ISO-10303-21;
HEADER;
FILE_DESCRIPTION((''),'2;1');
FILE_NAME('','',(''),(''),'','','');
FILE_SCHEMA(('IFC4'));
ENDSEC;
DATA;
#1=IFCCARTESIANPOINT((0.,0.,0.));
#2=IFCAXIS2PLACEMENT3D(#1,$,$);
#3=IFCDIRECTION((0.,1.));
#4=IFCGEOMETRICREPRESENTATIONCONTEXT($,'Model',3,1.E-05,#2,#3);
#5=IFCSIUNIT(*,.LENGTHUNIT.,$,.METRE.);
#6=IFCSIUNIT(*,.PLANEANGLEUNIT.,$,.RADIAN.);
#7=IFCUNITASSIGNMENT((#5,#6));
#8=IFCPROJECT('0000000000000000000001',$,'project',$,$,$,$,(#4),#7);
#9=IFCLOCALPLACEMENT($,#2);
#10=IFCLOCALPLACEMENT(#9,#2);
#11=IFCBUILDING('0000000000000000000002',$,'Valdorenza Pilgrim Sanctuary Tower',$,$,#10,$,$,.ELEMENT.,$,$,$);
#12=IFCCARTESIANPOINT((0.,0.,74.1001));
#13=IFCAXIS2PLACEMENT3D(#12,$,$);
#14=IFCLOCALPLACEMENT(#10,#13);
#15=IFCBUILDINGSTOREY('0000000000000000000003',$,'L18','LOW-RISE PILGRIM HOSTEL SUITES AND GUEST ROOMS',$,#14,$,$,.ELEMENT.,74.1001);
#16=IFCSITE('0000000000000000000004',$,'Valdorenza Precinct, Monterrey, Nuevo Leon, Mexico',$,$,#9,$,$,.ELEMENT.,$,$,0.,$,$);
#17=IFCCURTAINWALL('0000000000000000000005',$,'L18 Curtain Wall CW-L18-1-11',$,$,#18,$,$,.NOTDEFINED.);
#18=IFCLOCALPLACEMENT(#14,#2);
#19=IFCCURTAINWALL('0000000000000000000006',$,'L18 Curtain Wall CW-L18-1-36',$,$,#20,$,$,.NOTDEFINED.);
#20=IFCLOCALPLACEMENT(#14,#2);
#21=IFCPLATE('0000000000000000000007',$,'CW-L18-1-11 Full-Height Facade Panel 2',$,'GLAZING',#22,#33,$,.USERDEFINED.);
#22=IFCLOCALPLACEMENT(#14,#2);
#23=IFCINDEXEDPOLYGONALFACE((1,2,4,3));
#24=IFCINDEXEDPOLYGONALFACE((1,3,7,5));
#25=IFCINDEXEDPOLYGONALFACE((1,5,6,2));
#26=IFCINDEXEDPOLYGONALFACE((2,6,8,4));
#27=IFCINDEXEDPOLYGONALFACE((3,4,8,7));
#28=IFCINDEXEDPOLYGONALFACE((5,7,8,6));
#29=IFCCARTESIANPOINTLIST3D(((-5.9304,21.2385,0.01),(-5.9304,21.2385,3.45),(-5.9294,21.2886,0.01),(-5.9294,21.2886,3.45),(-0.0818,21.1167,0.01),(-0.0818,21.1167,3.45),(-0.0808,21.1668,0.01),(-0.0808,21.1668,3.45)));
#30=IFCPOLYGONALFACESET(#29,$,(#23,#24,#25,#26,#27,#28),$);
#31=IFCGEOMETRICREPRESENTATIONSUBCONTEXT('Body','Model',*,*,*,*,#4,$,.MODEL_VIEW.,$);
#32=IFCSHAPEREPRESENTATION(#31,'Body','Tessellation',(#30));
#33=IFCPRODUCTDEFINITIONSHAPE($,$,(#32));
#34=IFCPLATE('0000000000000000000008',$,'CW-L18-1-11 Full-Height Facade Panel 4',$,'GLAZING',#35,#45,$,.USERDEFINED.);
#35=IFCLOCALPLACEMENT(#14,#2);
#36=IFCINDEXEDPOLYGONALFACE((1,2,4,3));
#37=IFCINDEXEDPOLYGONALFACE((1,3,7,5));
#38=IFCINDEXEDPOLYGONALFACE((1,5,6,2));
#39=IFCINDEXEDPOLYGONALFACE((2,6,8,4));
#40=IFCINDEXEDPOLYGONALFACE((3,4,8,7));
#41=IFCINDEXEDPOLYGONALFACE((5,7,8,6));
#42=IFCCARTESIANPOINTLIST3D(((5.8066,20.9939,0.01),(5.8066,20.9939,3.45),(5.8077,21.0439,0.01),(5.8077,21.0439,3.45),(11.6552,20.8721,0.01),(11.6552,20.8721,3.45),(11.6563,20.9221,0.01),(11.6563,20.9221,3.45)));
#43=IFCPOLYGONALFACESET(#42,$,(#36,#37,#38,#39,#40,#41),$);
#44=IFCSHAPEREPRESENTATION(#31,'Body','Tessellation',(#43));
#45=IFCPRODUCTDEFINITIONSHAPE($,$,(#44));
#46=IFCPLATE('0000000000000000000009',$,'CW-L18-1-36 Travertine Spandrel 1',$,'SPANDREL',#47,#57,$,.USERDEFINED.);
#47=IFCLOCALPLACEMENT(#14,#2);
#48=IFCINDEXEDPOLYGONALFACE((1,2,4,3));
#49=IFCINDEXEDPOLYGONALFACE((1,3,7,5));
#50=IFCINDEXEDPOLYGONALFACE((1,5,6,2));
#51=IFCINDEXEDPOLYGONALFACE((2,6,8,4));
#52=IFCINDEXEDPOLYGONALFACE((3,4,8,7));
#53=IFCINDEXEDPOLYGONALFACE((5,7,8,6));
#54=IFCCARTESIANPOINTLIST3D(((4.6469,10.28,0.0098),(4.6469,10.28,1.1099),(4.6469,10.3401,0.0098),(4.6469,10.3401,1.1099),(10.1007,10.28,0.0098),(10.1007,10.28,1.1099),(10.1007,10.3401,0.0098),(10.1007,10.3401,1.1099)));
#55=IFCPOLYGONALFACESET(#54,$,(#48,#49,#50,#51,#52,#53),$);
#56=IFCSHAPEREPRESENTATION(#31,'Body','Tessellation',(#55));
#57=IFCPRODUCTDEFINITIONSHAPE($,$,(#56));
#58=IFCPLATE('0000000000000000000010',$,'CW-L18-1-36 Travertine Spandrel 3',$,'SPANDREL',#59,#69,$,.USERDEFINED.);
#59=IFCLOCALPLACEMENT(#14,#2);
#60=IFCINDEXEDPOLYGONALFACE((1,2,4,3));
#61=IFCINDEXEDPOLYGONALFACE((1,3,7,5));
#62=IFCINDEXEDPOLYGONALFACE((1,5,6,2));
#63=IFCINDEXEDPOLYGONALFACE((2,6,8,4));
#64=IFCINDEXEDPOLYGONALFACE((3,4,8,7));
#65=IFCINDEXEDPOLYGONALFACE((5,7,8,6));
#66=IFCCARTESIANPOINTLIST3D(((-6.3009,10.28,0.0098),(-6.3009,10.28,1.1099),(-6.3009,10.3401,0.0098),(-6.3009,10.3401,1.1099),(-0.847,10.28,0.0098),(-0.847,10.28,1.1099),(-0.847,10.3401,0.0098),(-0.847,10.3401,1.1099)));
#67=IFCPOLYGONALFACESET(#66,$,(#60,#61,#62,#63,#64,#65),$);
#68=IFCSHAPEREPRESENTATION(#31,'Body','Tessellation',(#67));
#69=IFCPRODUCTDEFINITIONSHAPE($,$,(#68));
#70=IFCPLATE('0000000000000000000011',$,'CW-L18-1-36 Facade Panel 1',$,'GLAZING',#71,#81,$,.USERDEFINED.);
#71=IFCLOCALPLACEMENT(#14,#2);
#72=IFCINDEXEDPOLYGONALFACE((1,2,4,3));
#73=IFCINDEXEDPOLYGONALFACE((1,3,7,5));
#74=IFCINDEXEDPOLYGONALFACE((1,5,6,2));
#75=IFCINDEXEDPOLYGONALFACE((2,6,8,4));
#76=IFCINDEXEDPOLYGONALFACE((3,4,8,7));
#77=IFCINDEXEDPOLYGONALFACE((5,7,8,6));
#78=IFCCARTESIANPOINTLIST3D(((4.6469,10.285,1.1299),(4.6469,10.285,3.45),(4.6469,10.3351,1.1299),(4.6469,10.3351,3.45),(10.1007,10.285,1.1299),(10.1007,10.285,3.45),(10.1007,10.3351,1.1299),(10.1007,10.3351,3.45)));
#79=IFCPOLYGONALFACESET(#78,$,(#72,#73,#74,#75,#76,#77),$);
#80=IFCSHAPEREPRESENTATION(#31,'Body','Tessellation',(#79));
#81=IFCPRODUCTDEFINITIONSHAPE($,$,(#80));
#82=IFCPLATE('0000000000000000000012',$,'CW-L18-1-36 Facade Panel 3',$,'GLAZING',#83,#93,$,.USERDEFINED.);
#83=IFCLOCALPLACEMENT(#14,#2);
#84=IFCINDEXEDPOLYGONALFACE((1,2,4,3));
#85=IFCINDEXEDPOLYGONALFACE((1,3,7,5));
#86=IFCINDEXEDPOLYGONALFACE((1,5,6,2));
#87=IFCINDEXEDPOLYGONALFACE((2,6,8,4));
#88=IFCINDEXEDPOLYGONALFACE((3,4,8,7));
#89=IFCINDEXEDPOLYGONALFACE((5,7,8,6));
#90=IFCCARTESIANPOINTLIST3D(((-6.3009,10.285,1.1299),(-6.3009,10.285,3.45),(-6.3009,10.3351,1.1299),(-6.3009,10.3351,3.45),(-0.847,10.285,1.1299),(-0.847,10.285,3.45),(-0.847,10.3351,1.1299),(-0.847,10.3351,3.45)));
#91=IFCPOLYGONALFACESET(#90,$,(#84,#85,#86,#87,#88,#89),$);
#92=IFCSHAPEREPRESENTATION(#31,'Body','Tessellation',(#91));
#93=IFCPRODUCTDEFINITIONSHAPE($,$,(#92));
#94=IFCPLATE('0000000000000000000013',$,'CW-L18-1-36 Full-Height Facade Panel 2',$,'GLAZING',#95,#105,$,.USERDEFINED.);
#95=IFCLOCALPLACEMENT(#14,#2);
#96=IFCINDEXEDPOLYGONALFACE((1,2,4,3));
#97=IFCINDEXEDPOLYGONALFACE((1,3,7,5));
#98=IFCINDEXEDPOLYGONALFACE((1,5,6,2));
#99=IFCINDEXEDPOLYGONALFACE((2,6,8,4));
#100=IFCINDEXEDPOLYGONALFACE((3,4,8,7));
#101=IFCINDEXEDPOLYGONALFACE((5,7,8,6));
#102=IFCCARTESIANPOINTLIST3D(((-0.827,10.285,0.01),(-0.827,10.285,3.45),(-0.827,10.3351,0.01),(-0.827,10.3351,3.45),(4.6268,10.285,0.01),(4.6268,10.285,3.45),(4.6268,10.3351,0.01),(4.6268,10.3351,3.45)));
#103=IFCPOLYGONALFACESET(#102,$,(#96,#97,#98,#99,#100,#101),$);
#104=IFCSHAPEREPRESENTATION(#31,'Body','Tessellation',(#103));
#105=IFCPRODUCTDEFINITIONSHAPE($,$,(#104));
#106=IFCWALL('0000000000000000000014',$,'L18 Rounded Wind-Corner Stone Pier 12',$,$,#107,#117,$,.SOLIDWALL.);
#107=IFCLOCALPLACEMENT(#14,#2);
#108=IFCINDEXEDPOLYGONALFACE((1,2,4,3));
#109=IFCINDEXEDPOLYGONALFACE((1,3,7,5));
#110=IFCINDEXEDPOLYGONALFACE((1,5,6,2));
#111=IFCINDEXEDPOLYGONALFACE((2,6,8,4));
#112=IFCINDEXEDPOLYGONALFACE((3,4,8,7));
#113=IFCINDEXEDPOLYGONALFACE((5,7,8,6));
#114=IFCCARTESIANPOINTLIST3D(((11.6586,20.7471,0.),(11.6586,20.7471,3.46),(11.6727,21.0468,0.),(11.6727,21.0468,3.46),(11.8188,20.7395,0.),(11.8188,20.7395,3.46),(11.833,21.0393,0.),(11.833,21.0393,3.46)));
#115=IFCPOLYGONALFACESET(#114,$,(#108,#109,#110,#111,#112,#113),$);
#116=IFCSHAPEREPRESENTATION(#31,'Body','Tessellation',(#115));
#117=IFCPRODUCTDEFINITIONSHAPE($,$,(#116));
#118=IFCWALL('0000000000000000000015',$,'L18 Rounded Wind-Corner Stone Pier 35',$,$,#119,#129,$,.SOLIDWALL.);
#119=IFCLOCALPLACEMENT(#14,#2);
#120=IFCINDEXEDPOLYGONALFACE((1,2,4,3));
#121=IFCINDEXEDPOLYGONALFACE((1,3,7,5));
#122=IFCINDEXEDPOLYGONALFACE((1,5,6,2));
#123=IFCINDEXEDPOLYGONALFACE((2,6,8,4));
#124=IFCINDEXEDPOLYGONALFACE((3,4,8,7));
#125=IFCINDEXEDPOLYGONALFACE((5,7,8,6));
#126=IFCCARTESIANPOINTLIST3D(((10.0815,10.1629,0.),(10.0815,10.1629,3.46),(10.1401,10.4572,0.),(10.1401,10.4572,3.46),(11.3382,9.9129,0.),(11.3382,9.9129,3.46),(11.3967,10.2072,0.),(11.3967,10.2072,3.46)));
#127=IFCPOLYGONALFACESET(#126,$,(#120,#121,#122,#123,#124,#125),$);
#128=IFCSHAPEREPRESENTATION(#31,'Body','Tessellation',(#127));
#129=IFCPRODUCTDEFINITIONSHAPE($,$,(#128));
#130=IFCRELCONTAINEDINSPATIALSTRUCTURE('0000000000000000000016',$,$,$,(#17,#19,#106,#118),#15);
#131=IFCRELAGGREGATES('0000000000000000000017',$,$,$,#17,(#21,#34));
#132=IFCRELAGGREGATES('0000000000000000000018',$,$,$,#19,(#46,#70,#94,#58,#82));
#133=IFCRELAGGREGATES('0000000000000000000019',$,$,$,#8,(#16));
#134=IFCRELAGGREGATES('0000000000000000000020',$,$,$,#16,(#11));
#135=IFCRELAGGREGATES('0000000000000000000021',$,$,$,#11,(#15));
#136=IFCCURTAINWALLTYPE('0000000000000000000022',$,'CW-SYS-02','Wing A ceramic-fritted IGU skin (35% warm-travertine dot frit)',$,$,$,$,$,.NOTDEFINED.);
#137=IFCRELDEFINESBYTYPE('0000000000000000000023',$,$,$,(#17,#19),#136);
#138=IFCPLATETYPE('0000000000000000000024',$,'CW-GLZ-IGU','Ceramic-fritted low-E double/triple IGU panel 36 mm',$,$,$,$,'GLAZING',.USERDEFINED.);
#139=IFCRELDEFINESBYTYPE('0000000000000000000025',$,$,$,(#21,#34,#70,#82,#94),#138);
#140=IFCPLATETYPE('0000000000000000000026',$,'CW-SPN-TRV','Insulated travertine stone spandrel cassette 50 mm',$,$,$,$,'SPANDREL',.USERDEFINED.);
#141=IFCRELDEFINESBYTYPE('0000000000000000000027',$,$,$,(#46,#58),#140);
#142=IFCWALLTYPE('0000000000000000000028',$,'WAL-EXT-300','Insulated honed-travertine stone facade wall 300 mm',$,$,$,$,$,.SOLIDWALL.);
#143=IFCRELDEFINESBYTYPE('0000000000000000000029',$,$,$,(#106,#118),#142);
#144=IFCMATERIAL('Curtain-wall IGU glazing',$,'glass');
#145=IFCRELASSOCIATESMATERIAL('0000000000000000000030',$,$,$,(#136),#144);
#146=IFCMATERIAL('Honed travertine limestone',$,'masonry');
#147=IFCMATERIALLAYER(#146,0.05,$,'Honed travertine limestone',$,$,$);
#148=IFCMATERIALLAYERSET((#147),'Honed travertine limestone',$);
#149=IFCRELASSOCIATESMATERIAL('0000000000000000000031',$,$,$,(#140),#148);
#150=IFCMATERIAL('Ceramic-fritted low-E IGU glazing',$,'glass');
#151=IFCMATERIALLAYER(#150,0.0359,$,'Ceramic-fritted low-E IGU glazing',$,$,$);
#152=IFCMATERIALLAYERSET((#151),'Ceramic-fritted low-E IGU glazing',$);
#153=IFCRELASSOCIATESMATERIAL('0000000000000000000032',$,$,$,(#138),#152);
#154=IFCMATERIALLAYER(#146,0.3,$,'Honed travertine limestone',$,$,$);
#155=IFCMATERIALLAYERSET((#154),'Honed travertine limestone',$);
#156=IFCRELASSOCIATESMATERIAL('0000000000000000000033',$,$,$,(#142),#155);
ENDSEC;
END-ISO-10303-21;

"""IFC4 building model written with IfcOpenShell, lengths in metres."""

from ifc_helpers import new_model, si_unit, direction, frame, frame_2d, origin, origin_2d, place, context, subcontext, project, spatial, rectangle, extrude, source, transform, mapped, material, layer, layer_set, type_object, element, aggregate, save


model = new_model("IFC4")

# Units and contexts
model_context = context("Model", 3, precision=1e-05, world=origin(), true_north=direction((0.0, 1.0)))
body_context = subcontext(model_context, "Body", "Model", "MODEL_VIEW")
ifc_project = project(units=[si_unit("LENGTHUNIT", "METRE"), si_unit("PLANEANGLEUNIT", "RADIAN")], contexts=[model_context])

# Site, building, storey
site_placement = place(None, origin())
site = spatial("IfcSite", under=ifc_project, at=site_placement, Name="Valdorenza Precinct, Monterrey, Nuevo Leon, Mexico", CompositionType="ELEMENT", RefElevation=0.0)
building_placement = place(site_placement, origin())
building = spatial("IfcBuilding", under=site, at=building_placement, Name="Valdorenza Pilgrim Sanctuary Tower", CompositionType="ELEMENT")
storey_placement = place(building_placement, frame((0.0, 0.0, 74.1001)))
storey = spatial("IfcBuildingStorey", under=building, at=storey_placement, Name="L18", Description="LOW-RISE PILGRIM HOSTEL SUITES AND GUEST ROOMS", CompositionType="ELEMENT", Elevation=74.1001)

# Curtain walls
ifc_material_1 = material(Name="Curtain-wall IGU glazing", Category="glass")
curtain_wall_type = type_object("IfcCurtainWallType", Name="CW-SYS-02", Description="Wing A ceramic-fritted IGU skin (35% warm-travertine dot frit)", PredefinedType="NOTDEFINED", material=ifc_material_1)
curtain_wall_1_placement = place(storey_placement, origin())
curtain_wall_1 = element("IfcCurtainWall", 1, at=curtain_wall_1_placement, inside=storey, type_object=curtain_wall_type, Name="L18 Curtain Wall CW-L18-1-11", PredefinedType="NOTDEFINED")
curtain_wall_2_placement = place(storey_placement, origin())
curtain_wall_2 = element("IfcCurtainWall", 2, at=curtain_wall_2_placement, inside=storey, type_object=curtain_wall_type, Name="L18 Curtain Wall CW-L18-1-36", PredefinedType="NOTDEFINED")

# Plates
ifc_material_2 = material(Name="Honed travertine limestone", Category="masonry")
ifc_layer_1 = layer(ifc_material_2, 0.05, Name="Honed travertine limestone")
ifc_layer_set_1 = layer_set([ifc_layer_1], Name="Honed travertine limestone")
plate_type_1 = type_object("IfcPlateType", Name="CW-SPN-TRV", Description="Insulated travertine stone spandrel cassette 50 mm", ElementType="SPANDREL", PredefinedType="USERDEFINED", material=ifc_layer_set_1)
ifc_material_3 = material(Name="Ceramic-fritted low-E IGU glazing", Category="glass")
ifc_layer_2 = layer(ifc_material_3, 0.0359, Name="Ceramic-fritted low-E IGU glazing")
ifc_layer_set_2 = layer_set([ifc_layer_2], Name="Ceramic-fritted low-E IGU glazing")
plate_type_2 = type_object("IfcPlateType", Name="CW-GLZ-IGU", Description="Ceramic-fritted low-E double/triple IGU panel 36 mm", ElementType="GLAZING", PredefinedType="USERDEFINED", material=ifc_layer_set_2)
shared_shape_1 = source(origin(), body_context, "Body", "SweptSolid", [
    extrude(rectangle(XDim=5.8499, YDim=0.05, at=origin_2d()), origin(), (0.0, 0.0, 1.0), 3.4399),
])
plate_1_placement = place(storey_placement, frame((-3.0056, 21.2026, 0.01), z_axis=(0.0, 0.0, 1.0), x_axis=(0.999783, -0.02082, 0.0)))
plate_1 = element("IfcPlate", 3, at=plate_1_placement, type_object=plate_type_2, Name="CW-L18-1-11 Full-Height Facade Panel 2", ObjectType="GLAZING", PredefinedType="USERDEFINED", context=body_context, shape_type="MappedRepresentation", body=[
    mapped(shared_shape_1, transform((0.0, 0.0, 0.0), x_axis=(1.0, 0.0, 0.0), y_axis=(0.0, 1.0, 0.0), z_axis=(0.0, 0.0, 1.0), scale=1.0)),
])
plate_2_placement = place(storey_placement, frame((8.7314, 20.958, 0.01), z_axis=(0.0, 0.0, 1.0), x_axis=(0.999783, -0.02082, 0.0)))
plate_2 = element("IfcPlate", 4, at=plate_2_placement, type_object=plate_type_2, Name="CW-L18-1-11 Full-Height Facade Panel 4", ObjectType="GLAZING", PredefinedType="USERDEFINED", context=body_context, shape_type="MappedRepresentation", body=[
    mapped(shared_shape_1, transform((0.0, 0.0, 0.0), x_axis=(1.0, 0.0, 0.0), y_axis=(0.0, 1.0, 0.0), z_axis=(0.0, 0.0, 1.0), scale=1.0)),
])
aggregate(curtain_wall_1, [plate_1, plate_2])
shared_shape_2 = source(origin(), body_context, "Body", "SweptSolid", [
    extrude(rectangle(XDim=5.4539, YDim=0.0601, at=origin_2d()), origin(), (0.0, 0.0, 1.0), 1.1001),
])
plate_3_placement = place(storey_placement, frame((7.3738, 10.3101, 0.0098), z_axis=(0.0, 0.0, 1.0), x_axis=(-1.0, 0.0, 0.0)))
plate_3 = element("IfcPlate", 5, at=plate_3_placement, type_object=plate_type_1, Name="CW-L18-1-36 Travertine Spandrel 1", ObjectType="SPANDREL", PredefinedType="USERDEFINED", context=body_context, shape_type="MappedRepresentation", body=[
    mapped(shared_shape_2, transform((0.0, 0.0, 0.0), x_axis=(1.0, 0.0, 0.0), y_axis=(0.0, 1.0, 0.0), z_axis=(0.0, 0.0, 1.0), scale=1.0)),
])
plate_4_placement = place(storey_placement, frame((-3.574, 10.3101, 0.0098), z_axis=(0.0, 0.0, 1.0), x_axis=(-1.0, 0.0, 0.0)))
plate_4 = element("IfcPlate", 6, at=plate_4_placement, type_object=plate_type_1, Name="CW-L18-1-36 Travertine Spandrel 3", ObjectType="SPANDREL", PredefinedType="USERDEFINED", context=body_context, shape_type="MappedRepresentation", body=[
    mapped(shared_shape_2, transform((0.0, 0.0, 0.0), x_axis=(1.0, 0.0, 0.0), y_axis=(0.0, 1.0, 0.0), z_axis=(0.0, 0.0, 1.0), scale=1.0)),
])
shared_shape_3 = source(origin(), body_context, "Body", "SweptSolid", [
    extrude(rectangle(XDim=5.4539, YDim=0.05, at=origin_2d()), origin(), (0.0, 0.0, 1.0), 2.3201),
])
plate_5_placement = place(storey_placement, frame((7.3738, 10.3101, 1.1299), z_axis=(0.0, 0.0, 1.0), x_axis=(-1.0, 0.0, 0.0)))
plate_5 = element("IfcPlate", 7, at=plate_5_placement, type_object=plate_type_2, Name="CW-L18-1-36 Facade Panel 1", ObjectType="GLAZING", PredefinedType="USERDEFINED", context=body_context, shape_type="MappedRepresentation", body=[
    mapped(shared_shape_3, transform((0.0, 0.0, 0.0), x_axis=(1.0, 0.0, 0.0), y_axis=(0.0, 1.0, 0.0), z_axis=(0.0, 0.0, 1.0), scale=1.0)),
])
plate_6_placement = place(storey_placement, frame((-3.574, 10.3101, 1.1299), z_axis=(0.0, 0.0, 1.0), x_axis=(-1.0, 0.0, 0.0)))
plate_6 = element("IfcPlate", 8, at=plate_6_placement, type_object=plate_type_2, Name="CW-L18-1-36 Facade Panel 3", ObjectType="GLAZING", PredefinedType="USERDEFINED", context=body_context, shape_type="MappedRepresentation", body=[
    mapped(shared_shape_3, transform((0.0, 0.0, 0.0), x_axis=(1.0, 0.0, 0.0), y_axis=(0.0, 1.0, 0.0), z_axis=(0.0, 0.0, 1.0), scale=1.0)),
])
shared_shape_4 = source(origin(), body_context, "Body", "SweptSolid", [
    extrude(rectangle(XDim=5.4539, YDim=0.05, at=origin_2d()), origin(), (0.0, 0.0, 1.0), 3.4399),
])
plate_7_placement = place(storey_placement, frame((1.8999, 10.3101, 0.01), z_axis=(0.0, 0.0, 1.0), x_axis=(-1.0, 0.0, 0.0)))
plate_7 = element("IfcPlate", 9, at=plate_7_placement, type_object=plate_type_2, Name="CW-L18-1-36 Full-Height Facade Panel 2", ObjectType="GLAZING", PredefinedType="USERDEFINED", context=body_context, shape_type="MappedRepresentation", body=[
    mapped(shared_shape_4, transform((0.0, 0.0, 0.0), x_axis=(1.0, 0.0, 0.0), y_axis=(0.0, 1.0, 0.0), z_axis=(0.0, 0.0, 1.0), scale=1.0)),
])
aggregate(curtain_wall_2, [plate_3, plate_5, plate_7, plate_4, plate_6])

# Walls
ifc_layer_3 = layer(ifc_material_2, 0.3, Name="Honed travertine limestone")
ifc_layer_set_3 = layer_set([ifc_layer_3], Name="Honed travertine limestone")
wall_type = type_object("IfcWallType", Name="WAL-EXT-300", Description="Insulated honed-travertine stone facade wall 300 mm", PredefinedType="SOLIDWALL", material=ifc_layer_set_3)
wall_1_placement = place(storey_placement, frame((11.6658, 20.897, 0.0), z_axis=(0.0, 0.0, 1.0), x_axis=(0.998885, -0.047203, 0.0)))
element("IfcWall", 10, at=wall_1_placement, inside=storey, type_object=wall_type, Name="L18 Rounded Wind-Corner Stone Pier 12", PredefinedType="SOLIDWALL", context=body_context, shape_type="SweptSolid", body=[
    extrude(rectangle(XDim=0.1604, YDim=0.3, at=frame_2d((0.0801, 0.0))), origin(), (0.0, 0.0, 1.0), 3.46),
])
wall_2_placement = place(storey_placement, frame((11.3674, 10.0601, 0.0), z_axis=(0.0, 0.0, 1.0), x_axis=(-0.980778, 0.195127, 0.0)))
element("IfcWall", 11, at=wall_2_placement, inside=storey, type_object=wall_type, Name="L18 Rounded Wind-Corner Stone Pier 35", PredefinedType="SOLIDWALL", context=body_context, shape_type="SweptSolid", body=[
    extrude(rectangle(XDim=1.2812, YDim=0.3, at=frame_2d((0.6406, 0.0))), origin(), (0.0, 0.0, 1.0), 3.46),
])

save(model, "model.ifc")
